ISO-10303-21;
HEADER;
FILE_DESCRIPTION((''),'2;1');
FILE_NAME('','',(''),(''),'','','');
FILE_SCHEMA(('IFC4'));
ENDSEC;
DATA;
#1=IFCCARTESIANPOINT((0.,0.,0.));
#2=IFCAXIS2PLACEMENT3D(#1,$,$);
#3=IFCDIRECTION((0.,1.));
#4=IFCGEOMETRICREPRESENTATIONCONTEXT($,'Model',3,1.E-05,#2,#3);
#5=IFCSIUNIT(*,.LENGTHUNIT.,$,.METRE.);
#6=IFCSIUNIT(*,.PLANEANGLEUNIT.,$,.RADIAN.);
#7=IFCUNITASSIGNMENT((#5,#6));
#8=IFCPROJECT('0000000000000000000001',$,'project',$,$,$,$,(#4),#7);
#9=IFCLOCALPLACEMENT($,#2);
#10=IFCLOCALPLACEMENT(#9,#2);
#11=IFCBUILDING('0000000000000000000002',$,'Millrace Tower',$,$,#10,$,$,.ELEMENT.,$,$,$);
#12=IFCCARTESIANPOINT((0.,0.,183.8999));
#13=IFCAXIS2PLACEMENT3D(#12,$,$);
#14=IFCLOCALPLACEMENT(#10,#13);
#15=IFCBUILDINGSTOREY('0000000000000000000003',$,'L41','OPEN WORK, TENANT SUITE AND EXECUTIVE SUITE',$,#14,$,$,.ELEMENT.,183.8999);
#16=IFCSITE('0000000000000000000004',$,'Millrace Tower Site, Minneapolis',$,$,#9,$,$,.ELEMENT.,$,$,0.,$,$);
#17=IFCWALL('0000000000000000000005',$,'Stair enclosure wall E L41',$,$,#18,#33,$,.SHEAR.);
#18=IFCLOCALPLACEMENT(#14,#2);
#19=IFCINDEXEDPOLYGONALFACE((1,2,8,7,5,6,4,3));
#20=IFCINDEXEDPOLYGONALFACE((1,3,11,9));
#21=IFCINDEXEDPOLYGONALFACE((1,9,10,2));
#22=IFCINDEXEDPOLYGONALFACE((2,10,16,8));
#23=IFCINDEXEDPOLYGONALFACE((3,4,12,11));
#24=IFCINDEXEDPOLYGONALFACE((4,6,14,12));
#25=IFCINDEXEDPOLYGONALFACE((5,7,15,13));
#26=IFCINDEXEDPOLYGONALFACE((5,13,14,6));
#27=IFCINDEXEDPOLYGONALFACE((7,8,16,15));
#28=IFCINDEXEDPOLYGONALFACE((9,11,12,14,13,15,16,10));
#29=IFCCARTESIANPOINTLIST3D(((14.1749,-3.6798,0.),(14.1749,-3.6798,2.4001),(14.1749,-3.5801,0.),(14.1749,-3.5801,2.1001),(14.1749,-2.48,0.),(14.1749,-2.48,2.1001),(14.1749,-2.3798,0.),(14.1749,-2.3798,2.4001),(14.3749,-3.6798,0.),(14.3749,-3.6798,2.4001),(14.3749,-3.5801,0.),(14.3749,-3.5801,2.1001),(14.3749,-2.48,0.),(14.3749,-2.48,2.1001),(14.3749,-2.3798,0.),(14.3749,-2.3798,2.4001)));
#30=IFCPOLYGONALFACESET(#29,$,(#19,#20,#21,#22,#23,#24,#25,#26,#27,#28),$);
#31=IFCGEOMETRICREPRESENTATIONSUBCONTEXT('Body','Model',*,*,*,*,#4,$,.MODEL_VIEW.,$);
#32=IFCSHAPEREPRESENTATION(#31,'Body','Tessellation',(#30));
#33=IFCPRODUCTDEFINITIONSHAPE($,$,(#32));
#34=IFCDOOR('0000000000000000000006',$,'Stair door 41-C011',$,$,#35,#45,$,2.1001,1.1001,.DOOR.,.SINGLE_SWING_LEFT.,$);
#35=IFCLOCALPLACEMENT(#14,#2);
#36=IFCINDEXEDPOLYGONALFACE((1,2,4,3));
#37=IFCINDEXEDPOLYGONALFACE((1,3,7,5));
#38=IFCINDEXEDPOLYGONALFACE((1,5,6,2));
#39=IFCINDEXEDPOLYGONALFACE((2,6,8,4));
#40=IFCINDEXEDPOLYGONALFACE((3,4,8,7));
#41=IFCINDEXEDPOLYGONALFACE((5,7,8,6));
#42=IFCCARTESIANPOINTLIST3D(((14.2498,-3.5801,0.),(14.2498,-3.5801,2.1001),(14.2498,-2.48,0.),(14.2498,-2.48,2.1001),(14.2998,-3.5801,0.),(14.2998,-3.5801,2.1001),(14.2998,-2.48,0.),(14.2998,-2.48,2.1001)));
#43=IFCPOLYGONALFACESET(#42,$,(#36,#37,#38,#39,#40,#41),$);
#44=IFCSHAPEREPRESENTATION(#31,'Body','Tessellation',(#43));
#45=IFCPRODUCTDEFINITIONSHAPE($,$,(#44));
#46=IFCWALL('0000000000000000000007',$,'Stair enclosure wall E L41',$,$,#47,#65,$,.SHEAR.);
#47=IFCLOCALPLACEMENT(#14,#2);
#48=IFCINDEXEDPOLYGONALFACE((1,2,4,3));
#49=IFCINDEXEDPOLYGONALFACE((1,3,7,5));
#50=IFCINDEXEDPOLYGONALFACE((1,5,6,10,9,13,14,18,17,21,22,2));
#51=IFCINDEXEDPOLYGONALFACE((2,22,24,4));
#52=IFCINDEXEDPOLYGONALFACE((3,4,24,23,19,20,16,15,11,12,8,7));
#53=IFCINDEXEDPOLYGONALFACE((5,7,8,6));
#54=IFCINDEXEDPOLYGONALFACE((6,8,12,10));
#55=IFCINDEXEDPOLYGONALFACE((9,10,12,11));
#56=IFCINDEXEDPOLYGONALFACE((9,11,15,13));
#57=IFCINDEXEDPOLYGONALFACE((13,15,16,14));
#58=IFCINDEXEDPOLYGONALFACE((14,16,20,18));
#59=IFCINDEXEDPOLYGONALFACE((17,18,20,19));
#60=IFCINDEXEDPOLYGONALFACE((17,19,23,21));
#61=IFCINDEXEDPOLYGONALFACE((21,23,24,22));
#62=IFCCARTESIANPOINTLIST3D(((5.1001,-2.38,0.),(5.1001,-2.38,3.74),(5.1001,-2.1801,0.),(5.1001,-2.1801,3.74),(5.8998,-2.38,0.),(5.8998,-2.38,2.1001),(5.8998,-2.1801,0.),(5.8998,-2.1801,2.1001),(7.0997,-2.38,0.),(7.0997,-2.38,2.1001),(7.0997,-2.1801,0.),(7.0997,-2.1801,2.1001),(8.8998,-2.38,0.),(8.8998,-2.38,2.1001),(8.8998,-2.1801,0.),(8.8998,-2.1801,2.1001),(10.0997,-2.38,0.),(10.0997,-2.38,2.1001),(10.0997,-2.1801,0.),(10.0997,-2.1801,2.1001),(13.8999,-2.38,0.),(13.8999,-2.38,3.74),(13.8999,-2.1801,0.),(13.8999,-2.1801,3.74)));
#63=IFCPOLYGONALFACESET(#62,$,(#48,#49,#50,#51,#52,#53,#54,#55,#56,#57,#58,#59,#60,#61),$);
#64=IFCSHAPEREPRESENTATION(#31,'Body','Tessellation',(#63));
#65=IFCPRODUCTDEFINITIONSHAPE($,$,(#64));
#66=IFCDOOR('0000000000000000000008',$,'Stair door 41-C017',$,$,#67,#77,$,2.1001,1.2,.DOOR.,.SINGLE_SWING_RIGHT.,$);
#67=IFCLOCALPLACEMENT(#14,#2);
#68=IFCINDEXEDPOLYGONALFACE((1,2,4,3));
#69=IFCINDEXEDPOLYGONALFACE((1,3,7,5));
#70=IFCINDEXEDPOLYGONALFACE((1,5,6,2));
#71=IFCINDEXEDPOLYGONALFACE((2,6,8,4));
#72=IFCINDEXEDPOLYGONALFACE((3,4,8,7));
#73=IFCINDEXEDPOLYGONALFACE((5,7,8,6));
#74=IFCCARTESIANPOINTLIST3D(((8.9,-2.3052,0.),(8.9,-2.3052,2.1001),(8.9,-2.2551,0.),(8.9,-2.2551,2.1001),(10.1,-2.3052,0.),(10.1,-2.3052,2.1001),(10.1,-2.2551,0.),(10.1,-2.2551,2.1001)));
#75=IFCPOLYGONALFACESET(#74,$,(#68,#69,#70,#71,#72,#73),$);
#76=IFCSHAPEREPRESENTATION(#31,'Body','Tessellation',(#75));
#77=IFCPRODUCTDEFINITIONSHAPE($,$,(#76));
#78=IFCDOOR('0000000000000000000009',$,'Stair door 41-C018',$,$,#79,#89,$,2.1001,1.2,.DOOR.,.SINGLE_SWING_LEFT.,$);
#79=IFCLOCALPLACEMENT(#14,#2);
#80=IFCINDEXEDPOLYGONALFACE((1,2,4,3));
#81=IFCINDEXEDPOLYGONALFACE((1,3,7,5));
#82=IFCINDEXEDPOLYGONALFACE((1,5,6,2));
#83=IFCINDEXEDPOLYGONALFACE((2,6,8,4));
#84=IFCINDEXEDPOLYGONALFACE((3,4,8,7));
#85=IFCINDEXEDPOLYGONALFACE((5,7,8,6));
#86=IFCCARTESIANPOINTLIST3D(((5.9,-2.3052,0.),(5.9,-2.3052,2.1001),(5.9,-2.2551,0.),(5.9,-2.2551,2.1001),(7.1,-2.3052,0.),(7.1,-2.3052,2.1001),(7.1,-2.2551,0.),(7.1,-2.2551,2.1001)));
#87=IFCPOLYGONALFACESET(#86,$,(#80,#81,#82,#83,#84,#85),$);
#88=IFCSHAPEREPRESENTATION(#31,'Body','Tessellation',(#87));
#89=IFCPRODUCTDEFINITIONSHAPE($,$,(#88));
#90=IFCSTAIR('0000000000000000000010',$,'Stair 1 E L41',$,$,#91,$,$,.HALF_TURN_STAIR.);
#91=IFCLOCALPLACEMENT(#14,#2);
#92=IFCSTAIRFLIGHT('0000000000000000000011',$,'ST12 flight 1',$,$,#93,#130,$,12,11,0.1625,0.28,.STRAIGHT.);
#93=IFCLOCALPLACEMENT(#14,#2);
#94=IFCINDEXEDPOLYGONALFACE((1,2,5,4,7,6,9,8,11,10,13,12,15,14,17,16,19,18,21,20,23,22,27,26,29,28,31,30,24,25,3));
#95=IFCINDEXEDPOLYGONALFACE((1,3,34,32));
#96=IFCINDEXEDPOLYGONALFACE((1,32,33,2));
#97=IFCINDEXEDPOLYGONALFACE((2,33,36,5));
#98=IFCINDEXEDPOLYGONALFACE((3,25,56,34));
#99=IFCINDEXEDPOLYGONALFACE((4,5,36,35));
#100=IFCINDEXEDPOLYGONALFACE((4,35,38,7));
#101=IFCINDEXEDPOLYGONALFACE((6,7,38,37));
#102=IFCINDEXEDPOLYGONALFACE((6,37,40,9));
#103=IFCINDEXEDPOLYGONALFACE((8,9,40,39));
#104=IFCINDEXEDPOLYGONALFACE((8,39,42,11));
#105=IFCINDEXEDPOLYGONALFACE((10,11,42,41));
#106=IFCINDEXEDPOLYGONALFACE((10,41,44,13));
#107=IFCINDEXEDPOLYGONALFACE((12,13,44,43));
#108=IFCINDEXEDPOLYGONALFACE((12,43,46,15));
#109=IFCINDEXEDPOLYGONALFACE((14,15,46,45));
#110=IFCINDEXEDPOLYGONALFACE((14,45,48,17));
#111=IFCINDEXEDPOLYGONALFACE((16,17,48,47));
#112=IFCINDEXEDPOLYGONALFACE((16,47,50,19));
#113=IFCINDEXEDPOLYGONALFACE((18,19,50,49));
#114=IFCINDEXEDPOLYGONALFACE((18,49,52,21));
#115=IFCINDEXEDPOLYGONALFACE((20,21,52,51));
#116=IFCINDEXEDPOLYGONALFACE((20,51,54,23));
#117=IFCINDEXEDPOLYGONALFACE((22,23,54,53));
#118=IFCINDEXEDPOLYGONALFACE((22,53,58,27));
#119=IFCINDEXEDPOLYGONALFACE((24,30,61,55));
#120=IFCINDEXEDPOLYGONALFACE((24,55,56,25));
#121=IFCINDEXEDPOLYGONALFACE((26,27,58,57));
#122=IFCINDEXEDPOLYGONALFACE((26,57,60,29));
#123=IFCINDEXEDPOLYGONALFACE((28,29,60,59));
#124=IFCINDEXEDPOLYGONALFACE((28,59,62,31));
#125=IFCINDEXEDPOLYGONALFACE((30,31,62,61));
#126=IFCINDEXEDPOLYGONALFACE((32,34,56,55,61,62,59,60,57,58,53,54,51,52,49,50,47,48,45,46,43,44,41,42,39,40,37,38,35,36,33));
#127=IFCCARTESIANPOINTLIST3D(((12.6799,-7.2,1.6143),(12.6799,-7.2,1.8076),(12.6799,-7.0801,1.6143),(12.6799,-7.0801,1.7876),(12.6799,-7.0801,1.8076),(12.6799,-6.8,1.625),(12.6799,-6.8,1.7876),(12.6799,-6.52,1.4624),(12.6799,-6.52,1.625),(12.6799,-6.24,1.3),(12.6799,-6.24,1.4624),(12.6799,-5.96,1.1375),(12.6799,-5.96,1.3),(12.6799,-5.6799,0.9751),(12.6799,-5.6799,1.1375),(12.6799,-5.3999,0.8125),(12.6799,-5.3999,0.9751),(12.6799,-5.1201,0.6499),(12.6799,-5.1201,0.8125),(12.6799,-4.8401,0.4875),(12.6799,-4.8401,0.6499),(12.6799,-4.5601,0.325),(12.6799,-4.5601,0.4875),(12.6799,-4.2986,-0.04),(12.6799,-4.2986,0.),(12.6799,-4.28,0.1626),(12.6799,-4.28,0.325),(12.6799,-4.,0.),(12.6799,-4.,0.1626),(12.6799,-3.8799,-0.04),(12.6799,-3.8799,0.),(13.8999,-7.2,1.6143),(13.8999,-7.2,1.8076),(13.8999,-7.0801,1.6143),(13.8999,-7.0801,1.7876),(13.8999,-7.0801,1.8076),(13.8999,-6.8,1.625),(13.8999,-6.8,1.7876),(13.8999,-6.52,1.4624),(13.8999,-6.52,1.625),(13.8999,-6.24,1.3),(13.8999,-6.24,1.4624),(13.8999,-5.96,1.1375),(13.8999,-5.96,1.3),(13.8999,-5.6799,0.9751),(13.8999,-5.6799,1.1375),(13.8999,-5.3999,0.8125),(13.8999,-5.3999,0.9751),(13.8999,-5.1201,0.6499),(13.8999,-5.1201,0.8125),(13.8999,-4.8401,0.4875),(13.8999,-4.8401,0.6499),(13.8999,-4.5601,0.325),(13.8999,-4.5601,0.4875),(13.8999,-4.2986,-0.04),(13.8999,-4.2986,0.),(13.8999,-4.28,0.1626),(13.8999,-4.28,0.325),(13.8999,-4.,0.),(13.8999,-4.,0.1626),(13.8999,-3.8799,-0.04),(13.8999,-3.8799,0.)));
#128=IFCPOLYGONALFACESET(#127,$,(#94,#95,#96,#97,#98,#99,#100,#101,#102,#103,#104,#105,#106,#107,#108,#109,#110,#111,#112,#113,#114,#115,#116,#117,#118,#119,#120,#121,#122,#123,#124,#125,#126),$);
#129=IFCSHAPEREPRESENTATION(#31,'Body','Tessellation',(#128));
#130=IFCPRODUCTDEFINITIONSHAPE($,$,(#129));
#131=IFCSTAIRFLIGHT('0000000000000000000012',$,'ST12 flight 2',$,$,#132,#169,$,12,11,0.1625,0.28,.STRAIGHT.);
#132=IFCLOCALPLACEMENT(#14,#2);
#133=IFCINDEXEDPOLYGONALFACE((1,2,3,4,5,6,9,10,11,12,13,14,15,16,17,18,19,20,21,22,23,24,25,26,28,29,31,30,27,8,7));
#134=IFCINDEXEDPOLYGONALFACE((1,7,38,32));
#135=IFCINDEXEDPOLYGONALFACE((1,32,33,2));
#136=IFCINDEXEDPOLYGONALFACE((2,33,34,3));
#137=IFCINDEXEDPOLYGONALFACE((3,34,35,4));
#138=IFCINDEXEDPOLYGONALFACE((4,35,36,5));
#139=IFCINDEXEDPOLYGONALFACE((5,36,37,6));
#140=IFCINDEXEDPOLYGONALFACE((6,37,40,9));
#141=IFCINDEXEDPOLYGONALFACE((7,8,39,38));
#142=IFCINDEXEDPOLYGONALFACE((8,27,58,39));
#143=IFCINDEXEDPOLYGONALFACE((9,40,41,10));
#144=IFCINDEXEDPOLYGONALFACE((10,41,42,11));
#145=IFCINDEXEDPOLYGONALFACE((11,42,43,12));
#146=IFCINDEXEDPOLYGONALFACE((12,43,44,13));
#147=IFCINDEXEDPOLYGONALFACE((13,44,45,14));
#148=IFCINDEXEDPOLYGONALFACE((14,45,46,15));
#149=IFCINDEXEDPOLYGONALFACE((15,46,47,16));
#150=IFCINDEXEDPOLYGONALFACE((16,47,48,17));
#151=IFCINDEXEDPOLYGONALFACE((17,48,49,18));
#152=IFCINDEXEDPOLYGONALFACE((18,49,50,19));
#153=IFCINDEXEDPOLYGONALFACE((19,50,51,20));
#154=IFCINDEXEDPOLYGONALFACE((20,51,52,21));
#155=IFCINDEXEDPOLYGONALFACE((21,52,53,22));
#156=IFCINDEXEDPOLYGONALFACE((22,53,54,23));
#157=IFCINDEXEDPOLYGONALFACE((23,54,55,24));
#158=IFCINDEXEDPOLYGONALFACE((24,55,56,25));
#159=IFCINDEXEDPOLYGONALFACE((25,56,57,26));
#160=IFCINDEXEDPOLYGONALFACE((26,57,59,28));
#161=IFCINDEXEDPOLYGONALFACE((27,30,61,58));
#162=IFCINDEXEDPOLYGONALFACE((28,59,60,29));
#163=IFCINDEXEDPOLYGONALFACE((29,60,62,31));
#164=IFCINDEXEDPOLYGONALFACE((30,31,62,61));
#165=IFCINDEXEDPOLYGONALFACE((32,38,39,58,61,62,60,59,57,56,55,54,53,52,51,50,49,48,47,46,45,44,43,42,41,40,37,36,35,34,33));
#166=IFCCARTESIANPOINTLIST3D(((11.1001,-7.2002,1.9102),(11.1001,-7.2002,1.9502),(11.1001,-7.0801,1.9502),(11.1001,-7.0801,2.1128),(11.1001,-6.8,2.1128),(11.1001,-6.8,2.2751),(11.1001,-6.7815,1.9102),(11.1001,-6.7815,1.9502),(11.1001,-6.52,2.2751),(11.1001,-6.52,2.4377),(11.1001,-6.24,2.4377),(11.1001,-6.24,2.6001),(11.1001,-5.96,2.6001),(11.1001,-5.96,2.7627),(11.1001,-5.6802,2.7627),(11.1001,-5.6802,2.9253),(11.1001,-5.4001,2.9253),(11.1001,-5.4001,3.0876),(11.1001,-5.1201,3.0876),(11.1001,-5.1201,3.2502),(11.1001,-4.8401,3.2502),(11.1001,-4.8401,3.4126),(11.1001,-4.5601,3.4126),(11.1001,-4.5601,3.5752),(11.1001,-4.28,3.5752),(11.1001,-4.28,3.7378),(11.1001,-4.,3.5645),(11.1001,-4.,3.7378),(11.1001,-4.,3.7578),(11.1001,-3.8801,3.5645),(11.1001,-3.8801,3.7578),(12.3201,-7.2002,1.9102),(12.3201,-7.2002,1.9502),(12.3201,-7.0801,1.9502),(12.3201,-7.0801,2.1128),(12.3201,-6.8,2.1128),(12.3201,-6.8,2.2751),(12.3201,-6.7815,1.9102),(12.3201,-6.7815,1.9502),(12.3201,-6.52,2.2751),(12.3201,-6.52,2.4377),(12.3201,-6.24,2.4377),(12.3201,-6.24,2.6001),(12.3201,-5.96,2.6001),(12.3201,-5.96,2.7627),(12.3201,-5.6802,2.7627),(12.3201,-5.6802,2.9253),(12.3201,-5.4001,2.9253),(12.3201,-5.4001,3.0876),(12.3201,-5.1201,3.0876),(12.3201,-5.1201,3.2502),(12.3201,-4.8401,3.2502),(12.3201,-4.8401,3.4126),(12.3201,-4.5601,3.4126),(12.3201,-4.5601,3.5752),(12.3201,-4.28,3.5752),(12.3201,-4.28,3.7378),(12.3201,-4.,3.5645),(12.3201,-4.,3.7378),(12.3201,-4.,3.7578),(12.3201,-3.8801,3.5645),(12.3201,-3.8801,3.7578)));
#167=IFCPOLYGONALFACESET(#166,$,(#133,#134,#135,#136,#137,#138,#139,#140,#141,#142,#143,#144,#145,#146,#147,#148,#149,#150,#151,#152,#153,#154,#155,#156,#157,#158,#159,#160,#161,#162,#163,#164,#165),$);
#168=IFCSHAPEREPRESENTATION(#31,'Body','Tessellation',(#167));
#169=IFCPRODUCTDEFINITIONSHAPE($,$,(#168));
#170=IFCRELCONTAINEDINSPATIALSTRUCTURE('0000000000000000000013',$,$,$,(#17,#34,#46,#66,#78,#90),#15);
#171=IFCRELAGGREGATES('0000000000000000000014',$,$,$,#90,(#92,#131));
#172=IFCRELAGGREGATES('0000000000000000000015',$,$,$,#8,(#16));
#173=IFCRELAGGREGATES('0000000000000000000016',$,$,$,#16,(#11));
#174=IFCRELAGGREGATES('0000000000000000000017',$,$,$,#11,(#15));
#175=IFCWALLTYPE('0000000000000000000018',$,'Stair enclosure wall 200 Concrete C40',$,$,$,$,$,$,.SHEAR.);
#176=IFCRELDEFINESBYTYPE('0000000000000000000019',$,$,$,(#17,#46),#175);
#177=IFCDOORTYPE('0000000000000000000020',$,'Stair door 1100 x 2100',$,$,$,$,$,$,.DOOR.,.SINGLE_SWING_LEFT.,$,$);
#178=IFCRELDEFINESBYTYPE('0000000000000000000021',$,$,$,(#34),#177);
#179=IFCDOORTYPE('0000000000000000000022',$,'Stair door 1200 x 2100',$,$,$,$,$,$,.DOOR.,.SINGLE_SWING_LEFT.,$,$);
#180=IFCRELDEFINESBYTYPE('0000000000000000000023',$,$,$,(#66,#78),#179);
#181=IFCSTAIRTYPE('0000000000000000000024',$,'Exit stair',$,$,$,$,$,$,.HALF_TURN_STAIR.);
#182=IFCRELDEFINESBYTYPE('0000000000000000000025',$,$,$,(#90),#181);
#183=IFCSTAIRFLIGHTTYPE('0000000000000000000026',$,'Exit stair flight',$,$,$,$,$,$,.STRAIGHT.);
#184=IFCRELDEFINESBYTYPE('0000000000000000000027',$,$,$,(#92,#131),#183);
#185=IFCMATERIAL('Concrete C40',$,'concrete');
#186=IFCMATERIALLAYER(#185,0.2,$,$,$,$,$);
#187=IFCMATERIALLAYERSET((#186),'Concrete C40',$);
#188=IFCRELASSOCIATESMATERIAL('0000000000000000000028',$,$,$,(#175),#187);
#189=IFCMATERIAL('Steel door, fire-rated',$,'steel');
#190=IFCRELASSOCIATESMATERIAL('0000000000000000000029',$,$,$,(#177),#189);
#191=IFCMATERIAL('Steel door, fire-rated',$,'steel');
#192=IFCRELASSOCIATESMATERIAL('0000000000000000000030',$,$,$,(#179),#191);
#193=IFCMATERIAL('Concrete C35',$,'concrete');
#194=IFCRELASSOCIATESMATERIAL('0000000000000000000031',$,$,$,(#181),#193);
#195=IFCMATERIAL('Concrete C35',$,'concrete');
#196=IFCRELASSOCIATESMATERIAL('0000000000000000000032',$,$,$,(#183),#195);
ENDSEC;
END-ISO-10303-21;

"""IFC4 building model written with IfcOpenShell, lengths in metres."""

from ifc_helpers import new_model, si_unit, direction, frame, frame_2d, origin, place, context, subcontext, project, spatial, polyline, rectangle, outline, extrude, material, layer, layer_set, type_object, element, fill, aggregate, save


model = new_model("IFC4")

# Units and contexts
model_context = context("Model", 3, precision=1e-05, world=origin(), true_north=direction((0.0, 1.0)))
body_context = subcontext(model_context, "Body", "Model", "MODEL_VIEW")
ifc_project = project(units=[si_unit("LENGTHUNIT", "METRE"), si_unit("PLANEANGLEUNIT", "RADIAN")], contexts=[model_context])

# Site, building, storey
site_placement = place(None, origin())
site = spatial("IfcSite", under=ifc_project, at=site_placement, Name="Millrace Tower Site, Minneapolis", CompositionType="ELEMENT", RefElevation=0.0)
building_placement = place(site_placement, origin())
building = spatial("IfcBuilding", under=site, at=building_placement, Name="Millrace Tower", CompositionType="ELEMENT")
storey_placement = place(building_placement, frame((0.0, 0.0, 183.8999)))
storey = spatial("IfcBuildingStorey", under=building, at=storey_placement, Name="L41", Description="OPEN WORK, TENANT SUITE AND EXECUTIVE SUITE", CompositionType="ELEMENT", Elevation=183.8999)

# Shared definitions
placement = place(storey_placement, origin())

# Wall, opening, door
ifc_material_1 = material(Name="Concrete C40", Category="concrete")
ifc_layer_1 = layer(ifc_material_1, 0.2)
ifc_layer_set_1 = layer_set([ifc_layer_1], Name="Concrete C40")
wall_type_1 = type_object("IfcWallType", Name="Stair enclosure wall 200 Concrete C40", PredefinedType="SHEAR", material=ifc_layer_set_1)
wall_1_placement = place(storey_placement, frame((14.2749, -2.3799, 0.0), z_axis=(0.0, 0.0, 1.0), x_axis=(0.0, -1.0, 0.0)))
wall_1 = element("IfcWall", 1, at=wall_1_placement, inside=storey, type_object=wall_type_1, Name="Stair enclosure wall E L41", PredefinedType="SHEAR", context=body_context, shape_type="SweptSolid", body=[
    extrude(rectangle(XDim=1.3, YDim=0.2, at=frame_2d((0.6499, 0.0))), origin(), (0.0, 0.0, 1.0), 2.4001),
])
opening_1_placement = place(wall_1_placement, frame((0.1001, 0.0, 0.0)))
opening_1 = element("IfcOpeningElement", 2, at=opening_1_placement, cuts=wall_1, PredefinedType="OPENING", context=body_context, shape_type="SweptSolid", body=[
    extrude(rectangle(XDim=1.1001, YDim=2.1001, at=frame_2d((0.55, 1.05))), frame((0.0, 0.1099, 0.0), z_axis=(0.0, -1.0, 0.0), x_axis=(1.0, 0.0, 0.0)), (0.0, 0.0, 1.0), 0.22),
])
ifc_material_2 = material(Name="Steel door, fire-rated", Category="steel")
door_type_1 = type_object("IfcDoorType", Name="Stair door 1100 x 2100", OperationType="SINGLE_SWING_LEFT", PredefinedType="DOOR", material=ifc_material_2)
door_1_placement = place(opening_1_placement, origin())
door_1 = element("IfcDoor", 3, at=door_1_placement, inside=storey, type_object=door_type_1, Name="Stair door 41-C011", OperationType="SINGLE_SWING_LEFT", OverallHeight=2.1001, OverallWidth=1.1001, PredefinedType="DOOR", context=body_context, shape_type="SweptSolid", body=[
    extrude(rectangle(XDim=1.1001, YDim=2.1001, at=frame_2d((0.55, 1.05))), frame((0.0, 0.0249, 0.0), z_axis=(0.0, -1.0, 0.0), x_axis=(1.0, 0.0, 0.0)), (0.0, 0.0, 1.0), 0.05),
])
fill(opening_1, door_1)

# Wall, openings, doors
wall_2_placement = place(storey_placement, frame((13.8999, -2.28, 0.0), z_axis=(0.0, 0.0, 1.0), x_axis=(-1.0, 0.0, 0.0)))
wall_2 = element("IfcWall", 4, at=wall_2_placement, inside=storey, type_object=wall_type_1, Name="Stair enclosure wall E L41", PredefinedType="SHEAR", context=body_context, shape_type="SweptSolid", body=[
    extrude(rectangle(XDim=8.7998, YDim=0.2, at=frame_2d((4.3999, 0.0))), origin(), (0.0, 0.0, 1.0), 3.74),
])
opening_2_placement = place(wall_2_placement, frame((3.8, 0.0, 0.0)))
opening_2 = element("IfcOpeningElement", 5, at=opening_2_placement, cuts=wall_2, PredefinedType="OPENING", context=body_context, shape_type="SweptSolid", body=[
    extrude(rectangle(XDim=1.2, YDim=2.1001, at=frame_2d((0.6001, 1.05))), frame((0.0, 0.1099, 0.0), z_axis=(0.0, -1.0, 0.0), x_axis=(1.0, 0.0, 0.0)), (0.0, 0.0, 1.0), 0.22),
])
opening_3_placement = place(wall_2_placement, frame((6.8, 0.0, 0.0)))
opening_3 = element("IfcOpeningElement", 6, at=opening_3_placement, cuts=wall_2, PredefinedType="OPENING", context=body_context, shape_type="SweptSolid", body=[
    extrude(rectangle(XDim=1.2, YDim=2.1001, at=frame_2d((0.6001, 1.05))), frame((0.0, 0.1099, 0.0), z_axis=(0.0, -1.0, 0.0), x_axis=(1.0, 0.0, 0.0)), (0.0, 0.0, 1.0), 0.22),
])
ifc_material_3 = material(Name="Steel door, fire-rated", Category="steel")
door_type_2 = type_object("IfcDoorType", Name="Stair door 1200 x 2100", OperationType="SINGLE_SWING_LEFT", PredefinedType="DOOR", material=ifc_material_3)
door_2_placement = place(opening_2_placement, frame((1.2, 0.0, 0.0), z_axis=(0.0, 0.0, 1.0), x_axis=(-1.0, 0.0, 0.0)))
door_2 = element("IfcDoor", 7, at=door_2_placement, inside=storey, type_object=door_type_2, Name="Stair door 41-C017", OperationType="SINGLE_SWING_RIGHT", OverallHeight=2.1001, OverallWidth=1.2, PredefinedType="DOOR", context=body_context, shape_type="SweptSolid", body=[
    extrude(rectangle(XDim=1.2, YDim=2.1001, at=frame_2d((0.6001, 1.05))), frame((0.0, 0.0249, 0.0), z_axis=(0.0, -1.0, 0.0), x_axis=(1.0, 0.0, 0.0)), (0.0, 0.0, 1.0), 0.05),
])
fill(opening_2, door_2)
door_3_placement = place(opening_3_placement, frame((1.2, 0.0, 0.0), z_axis=(0.0, 0.0, 1.0), x_axis=(-1.0, 0.0, 0.0)))
door_3 = element("IfcDoor", 8, at=door_3_placement, inside=storey, type_object=door_type_2, Name="Stair door 41-C018", OperationType="SINGLE_SWING_LEFT", OverallHeight=2.1001, OverallWidth=1.2, PredefinedType="DOOR", context=body_context, shape_type="SweptSolid", body=[
    extrude(rectangle(XDim=1.2, YDim=2.1001, at=frame_2d((0.6001, 1.05))), frame((0.0, 0.0249, 0.0), z_axis=(0.0, -1.0, 0.0), x_axis=(1.0, 0.0, 0.0)), (0.0, 0.0, 1.0), 0.05),
])
fill(opening_3, door_3)

# Stair, stair flights
ifc_material_4 = material(Name="Concrete C35", Category="concrete")
stair_type = type_object("IfcStairType", Name="Exit stair", PredefinedType="HALF_TURN_STAIR", material=ifc_material_4)
stair = element("IfcStair", 9, at=placement, inside=storey, type_object=stair_type, Name="Stair 1 E L41", PredefinedType="HALF_TURN_STAIR")
ifc_material_5 = material(Name="Concrete C35", Category="concrete")
stair_flight_type = type_object("IfcStairFlightType", Name="Exit stair flight", PredefinedType="STRAIGHT", material=ifc_material_5)
stair_flight_1_placement = place(storey_placement, frame((13.29, -4.0, 0.0), z_axis=(0.0, 0.0, 1.0), x_axis=(0.0, -1.0, 0.0)))
stair_flight_1 = element("IfcStairFlight", 10, at=stair_flight_1_placement, type_object=stair_flight_type, Name="ST12 flight 1", NumberOfRisers=12, NumberOfTreads=11, PredefinedType="STRAIGHT", RiserHeight=0.1625, TreadLength=0.28, context=body_context, shape_type="SweptSolid", body=[
    extrude(outline(polyline([(-0.1201, -0.04), (-0.1201, 0.0), (0.0, 0.0), (0.0, 0.1626), (0.28, 0.1626), (0.28, 0.325), (0.5601, 0.325), (0.5601, 0.4875), (0.8401, 0.4875), (0.8401, 0.6499), (1.1201, 0.6499), (1.1201, 0.8125), (1.3999, 0.8125), (1.3999, 0.9751), (1.6799, 0.9751), (1.6799, 1.1375), (1.96, 1.1375), (1.96, 1.3), (2.24, 1.3), (2.24, 1.4624), (2.52, 1.4624), (2.52, 1.625), (2.8, 1.625), (2.8, 1.7876), (3.0801, 1.7876), (3.0801, 1.8076), (3.2, 1.8076), (3.2, 1.6143), (3.0801, 1.6143), (0.2986, 0.0), (0.2986, -0.04), (-0.1201, -0.04)])), frame((0.0, 0.6099, 0.0), z_axis=(0.0, -1.0, 0.0), x_axis=(1.0, 0.0, 0.0)), (0.0, 0.0, 1.0), 1.22),
])
stair_flight_2_placement = place(storey_placement, frame((11.71, -7.0801, 1.9502), z_axis=(0.0, 0.0, 1.0), x_axis=(0.0, 1.0, 0.0)))
stair_flight_2 = element("IfcStairFlight", 11, at=stair_flight_2_placement, type_object=stair_flight_type, Name="ST12 flight 2", NumberOfRisers=12, NumberOfTreads=11, PredefinedType="STRAIGHT", RiserHeight=0.1625, TreadLength=0.28, context=body_context, shape_type="SweptSolid", body=[
    extrude(outline(polyline([(-0.1201, -0.04), (-0.1201, 0.0), (0.0, 0.0), (0.0, 0.1626), (0.28, 0.1626), (0.28, 0.325), (0.5601, 0.325), (0.5601, 0.4875), (0.8401, 0.4875), (0.8401, 0.6499), (1.1201, 0.6499), (1.1201, 0.8125), (1.3999, 0.8125), (1.3999, 0.9751), (1.6799, 0.9751), (1.6799, 1.1375), (1.96, 1.1375), (1.96, 1.3), (2.24, 1.3), (2.24, 1.4624), (2.52, 1.4624), (2.52, 1.625), (2.8, 1.625), (2.8, 1.7876), (3.0801, 1.7876), (3.0801, 1.8076), (3.2, 1.8076), (3.2, 1.6143), (3.0801, 1.6143), (0.2986, 0.0), (0.2986, -0.04), (-0.1201, -0.04)])), frame((0.0, 0.6099, 0.0), z_axis=(0.0, -1.0, 0.0), x_axis=(1.0, 0.0, 0.0)), (0.0, 0.0, 1.0), 1.22),
])
aggregate(stair, [stair_flight_1, stair_flight_2])

save(model, "model.ifc")
